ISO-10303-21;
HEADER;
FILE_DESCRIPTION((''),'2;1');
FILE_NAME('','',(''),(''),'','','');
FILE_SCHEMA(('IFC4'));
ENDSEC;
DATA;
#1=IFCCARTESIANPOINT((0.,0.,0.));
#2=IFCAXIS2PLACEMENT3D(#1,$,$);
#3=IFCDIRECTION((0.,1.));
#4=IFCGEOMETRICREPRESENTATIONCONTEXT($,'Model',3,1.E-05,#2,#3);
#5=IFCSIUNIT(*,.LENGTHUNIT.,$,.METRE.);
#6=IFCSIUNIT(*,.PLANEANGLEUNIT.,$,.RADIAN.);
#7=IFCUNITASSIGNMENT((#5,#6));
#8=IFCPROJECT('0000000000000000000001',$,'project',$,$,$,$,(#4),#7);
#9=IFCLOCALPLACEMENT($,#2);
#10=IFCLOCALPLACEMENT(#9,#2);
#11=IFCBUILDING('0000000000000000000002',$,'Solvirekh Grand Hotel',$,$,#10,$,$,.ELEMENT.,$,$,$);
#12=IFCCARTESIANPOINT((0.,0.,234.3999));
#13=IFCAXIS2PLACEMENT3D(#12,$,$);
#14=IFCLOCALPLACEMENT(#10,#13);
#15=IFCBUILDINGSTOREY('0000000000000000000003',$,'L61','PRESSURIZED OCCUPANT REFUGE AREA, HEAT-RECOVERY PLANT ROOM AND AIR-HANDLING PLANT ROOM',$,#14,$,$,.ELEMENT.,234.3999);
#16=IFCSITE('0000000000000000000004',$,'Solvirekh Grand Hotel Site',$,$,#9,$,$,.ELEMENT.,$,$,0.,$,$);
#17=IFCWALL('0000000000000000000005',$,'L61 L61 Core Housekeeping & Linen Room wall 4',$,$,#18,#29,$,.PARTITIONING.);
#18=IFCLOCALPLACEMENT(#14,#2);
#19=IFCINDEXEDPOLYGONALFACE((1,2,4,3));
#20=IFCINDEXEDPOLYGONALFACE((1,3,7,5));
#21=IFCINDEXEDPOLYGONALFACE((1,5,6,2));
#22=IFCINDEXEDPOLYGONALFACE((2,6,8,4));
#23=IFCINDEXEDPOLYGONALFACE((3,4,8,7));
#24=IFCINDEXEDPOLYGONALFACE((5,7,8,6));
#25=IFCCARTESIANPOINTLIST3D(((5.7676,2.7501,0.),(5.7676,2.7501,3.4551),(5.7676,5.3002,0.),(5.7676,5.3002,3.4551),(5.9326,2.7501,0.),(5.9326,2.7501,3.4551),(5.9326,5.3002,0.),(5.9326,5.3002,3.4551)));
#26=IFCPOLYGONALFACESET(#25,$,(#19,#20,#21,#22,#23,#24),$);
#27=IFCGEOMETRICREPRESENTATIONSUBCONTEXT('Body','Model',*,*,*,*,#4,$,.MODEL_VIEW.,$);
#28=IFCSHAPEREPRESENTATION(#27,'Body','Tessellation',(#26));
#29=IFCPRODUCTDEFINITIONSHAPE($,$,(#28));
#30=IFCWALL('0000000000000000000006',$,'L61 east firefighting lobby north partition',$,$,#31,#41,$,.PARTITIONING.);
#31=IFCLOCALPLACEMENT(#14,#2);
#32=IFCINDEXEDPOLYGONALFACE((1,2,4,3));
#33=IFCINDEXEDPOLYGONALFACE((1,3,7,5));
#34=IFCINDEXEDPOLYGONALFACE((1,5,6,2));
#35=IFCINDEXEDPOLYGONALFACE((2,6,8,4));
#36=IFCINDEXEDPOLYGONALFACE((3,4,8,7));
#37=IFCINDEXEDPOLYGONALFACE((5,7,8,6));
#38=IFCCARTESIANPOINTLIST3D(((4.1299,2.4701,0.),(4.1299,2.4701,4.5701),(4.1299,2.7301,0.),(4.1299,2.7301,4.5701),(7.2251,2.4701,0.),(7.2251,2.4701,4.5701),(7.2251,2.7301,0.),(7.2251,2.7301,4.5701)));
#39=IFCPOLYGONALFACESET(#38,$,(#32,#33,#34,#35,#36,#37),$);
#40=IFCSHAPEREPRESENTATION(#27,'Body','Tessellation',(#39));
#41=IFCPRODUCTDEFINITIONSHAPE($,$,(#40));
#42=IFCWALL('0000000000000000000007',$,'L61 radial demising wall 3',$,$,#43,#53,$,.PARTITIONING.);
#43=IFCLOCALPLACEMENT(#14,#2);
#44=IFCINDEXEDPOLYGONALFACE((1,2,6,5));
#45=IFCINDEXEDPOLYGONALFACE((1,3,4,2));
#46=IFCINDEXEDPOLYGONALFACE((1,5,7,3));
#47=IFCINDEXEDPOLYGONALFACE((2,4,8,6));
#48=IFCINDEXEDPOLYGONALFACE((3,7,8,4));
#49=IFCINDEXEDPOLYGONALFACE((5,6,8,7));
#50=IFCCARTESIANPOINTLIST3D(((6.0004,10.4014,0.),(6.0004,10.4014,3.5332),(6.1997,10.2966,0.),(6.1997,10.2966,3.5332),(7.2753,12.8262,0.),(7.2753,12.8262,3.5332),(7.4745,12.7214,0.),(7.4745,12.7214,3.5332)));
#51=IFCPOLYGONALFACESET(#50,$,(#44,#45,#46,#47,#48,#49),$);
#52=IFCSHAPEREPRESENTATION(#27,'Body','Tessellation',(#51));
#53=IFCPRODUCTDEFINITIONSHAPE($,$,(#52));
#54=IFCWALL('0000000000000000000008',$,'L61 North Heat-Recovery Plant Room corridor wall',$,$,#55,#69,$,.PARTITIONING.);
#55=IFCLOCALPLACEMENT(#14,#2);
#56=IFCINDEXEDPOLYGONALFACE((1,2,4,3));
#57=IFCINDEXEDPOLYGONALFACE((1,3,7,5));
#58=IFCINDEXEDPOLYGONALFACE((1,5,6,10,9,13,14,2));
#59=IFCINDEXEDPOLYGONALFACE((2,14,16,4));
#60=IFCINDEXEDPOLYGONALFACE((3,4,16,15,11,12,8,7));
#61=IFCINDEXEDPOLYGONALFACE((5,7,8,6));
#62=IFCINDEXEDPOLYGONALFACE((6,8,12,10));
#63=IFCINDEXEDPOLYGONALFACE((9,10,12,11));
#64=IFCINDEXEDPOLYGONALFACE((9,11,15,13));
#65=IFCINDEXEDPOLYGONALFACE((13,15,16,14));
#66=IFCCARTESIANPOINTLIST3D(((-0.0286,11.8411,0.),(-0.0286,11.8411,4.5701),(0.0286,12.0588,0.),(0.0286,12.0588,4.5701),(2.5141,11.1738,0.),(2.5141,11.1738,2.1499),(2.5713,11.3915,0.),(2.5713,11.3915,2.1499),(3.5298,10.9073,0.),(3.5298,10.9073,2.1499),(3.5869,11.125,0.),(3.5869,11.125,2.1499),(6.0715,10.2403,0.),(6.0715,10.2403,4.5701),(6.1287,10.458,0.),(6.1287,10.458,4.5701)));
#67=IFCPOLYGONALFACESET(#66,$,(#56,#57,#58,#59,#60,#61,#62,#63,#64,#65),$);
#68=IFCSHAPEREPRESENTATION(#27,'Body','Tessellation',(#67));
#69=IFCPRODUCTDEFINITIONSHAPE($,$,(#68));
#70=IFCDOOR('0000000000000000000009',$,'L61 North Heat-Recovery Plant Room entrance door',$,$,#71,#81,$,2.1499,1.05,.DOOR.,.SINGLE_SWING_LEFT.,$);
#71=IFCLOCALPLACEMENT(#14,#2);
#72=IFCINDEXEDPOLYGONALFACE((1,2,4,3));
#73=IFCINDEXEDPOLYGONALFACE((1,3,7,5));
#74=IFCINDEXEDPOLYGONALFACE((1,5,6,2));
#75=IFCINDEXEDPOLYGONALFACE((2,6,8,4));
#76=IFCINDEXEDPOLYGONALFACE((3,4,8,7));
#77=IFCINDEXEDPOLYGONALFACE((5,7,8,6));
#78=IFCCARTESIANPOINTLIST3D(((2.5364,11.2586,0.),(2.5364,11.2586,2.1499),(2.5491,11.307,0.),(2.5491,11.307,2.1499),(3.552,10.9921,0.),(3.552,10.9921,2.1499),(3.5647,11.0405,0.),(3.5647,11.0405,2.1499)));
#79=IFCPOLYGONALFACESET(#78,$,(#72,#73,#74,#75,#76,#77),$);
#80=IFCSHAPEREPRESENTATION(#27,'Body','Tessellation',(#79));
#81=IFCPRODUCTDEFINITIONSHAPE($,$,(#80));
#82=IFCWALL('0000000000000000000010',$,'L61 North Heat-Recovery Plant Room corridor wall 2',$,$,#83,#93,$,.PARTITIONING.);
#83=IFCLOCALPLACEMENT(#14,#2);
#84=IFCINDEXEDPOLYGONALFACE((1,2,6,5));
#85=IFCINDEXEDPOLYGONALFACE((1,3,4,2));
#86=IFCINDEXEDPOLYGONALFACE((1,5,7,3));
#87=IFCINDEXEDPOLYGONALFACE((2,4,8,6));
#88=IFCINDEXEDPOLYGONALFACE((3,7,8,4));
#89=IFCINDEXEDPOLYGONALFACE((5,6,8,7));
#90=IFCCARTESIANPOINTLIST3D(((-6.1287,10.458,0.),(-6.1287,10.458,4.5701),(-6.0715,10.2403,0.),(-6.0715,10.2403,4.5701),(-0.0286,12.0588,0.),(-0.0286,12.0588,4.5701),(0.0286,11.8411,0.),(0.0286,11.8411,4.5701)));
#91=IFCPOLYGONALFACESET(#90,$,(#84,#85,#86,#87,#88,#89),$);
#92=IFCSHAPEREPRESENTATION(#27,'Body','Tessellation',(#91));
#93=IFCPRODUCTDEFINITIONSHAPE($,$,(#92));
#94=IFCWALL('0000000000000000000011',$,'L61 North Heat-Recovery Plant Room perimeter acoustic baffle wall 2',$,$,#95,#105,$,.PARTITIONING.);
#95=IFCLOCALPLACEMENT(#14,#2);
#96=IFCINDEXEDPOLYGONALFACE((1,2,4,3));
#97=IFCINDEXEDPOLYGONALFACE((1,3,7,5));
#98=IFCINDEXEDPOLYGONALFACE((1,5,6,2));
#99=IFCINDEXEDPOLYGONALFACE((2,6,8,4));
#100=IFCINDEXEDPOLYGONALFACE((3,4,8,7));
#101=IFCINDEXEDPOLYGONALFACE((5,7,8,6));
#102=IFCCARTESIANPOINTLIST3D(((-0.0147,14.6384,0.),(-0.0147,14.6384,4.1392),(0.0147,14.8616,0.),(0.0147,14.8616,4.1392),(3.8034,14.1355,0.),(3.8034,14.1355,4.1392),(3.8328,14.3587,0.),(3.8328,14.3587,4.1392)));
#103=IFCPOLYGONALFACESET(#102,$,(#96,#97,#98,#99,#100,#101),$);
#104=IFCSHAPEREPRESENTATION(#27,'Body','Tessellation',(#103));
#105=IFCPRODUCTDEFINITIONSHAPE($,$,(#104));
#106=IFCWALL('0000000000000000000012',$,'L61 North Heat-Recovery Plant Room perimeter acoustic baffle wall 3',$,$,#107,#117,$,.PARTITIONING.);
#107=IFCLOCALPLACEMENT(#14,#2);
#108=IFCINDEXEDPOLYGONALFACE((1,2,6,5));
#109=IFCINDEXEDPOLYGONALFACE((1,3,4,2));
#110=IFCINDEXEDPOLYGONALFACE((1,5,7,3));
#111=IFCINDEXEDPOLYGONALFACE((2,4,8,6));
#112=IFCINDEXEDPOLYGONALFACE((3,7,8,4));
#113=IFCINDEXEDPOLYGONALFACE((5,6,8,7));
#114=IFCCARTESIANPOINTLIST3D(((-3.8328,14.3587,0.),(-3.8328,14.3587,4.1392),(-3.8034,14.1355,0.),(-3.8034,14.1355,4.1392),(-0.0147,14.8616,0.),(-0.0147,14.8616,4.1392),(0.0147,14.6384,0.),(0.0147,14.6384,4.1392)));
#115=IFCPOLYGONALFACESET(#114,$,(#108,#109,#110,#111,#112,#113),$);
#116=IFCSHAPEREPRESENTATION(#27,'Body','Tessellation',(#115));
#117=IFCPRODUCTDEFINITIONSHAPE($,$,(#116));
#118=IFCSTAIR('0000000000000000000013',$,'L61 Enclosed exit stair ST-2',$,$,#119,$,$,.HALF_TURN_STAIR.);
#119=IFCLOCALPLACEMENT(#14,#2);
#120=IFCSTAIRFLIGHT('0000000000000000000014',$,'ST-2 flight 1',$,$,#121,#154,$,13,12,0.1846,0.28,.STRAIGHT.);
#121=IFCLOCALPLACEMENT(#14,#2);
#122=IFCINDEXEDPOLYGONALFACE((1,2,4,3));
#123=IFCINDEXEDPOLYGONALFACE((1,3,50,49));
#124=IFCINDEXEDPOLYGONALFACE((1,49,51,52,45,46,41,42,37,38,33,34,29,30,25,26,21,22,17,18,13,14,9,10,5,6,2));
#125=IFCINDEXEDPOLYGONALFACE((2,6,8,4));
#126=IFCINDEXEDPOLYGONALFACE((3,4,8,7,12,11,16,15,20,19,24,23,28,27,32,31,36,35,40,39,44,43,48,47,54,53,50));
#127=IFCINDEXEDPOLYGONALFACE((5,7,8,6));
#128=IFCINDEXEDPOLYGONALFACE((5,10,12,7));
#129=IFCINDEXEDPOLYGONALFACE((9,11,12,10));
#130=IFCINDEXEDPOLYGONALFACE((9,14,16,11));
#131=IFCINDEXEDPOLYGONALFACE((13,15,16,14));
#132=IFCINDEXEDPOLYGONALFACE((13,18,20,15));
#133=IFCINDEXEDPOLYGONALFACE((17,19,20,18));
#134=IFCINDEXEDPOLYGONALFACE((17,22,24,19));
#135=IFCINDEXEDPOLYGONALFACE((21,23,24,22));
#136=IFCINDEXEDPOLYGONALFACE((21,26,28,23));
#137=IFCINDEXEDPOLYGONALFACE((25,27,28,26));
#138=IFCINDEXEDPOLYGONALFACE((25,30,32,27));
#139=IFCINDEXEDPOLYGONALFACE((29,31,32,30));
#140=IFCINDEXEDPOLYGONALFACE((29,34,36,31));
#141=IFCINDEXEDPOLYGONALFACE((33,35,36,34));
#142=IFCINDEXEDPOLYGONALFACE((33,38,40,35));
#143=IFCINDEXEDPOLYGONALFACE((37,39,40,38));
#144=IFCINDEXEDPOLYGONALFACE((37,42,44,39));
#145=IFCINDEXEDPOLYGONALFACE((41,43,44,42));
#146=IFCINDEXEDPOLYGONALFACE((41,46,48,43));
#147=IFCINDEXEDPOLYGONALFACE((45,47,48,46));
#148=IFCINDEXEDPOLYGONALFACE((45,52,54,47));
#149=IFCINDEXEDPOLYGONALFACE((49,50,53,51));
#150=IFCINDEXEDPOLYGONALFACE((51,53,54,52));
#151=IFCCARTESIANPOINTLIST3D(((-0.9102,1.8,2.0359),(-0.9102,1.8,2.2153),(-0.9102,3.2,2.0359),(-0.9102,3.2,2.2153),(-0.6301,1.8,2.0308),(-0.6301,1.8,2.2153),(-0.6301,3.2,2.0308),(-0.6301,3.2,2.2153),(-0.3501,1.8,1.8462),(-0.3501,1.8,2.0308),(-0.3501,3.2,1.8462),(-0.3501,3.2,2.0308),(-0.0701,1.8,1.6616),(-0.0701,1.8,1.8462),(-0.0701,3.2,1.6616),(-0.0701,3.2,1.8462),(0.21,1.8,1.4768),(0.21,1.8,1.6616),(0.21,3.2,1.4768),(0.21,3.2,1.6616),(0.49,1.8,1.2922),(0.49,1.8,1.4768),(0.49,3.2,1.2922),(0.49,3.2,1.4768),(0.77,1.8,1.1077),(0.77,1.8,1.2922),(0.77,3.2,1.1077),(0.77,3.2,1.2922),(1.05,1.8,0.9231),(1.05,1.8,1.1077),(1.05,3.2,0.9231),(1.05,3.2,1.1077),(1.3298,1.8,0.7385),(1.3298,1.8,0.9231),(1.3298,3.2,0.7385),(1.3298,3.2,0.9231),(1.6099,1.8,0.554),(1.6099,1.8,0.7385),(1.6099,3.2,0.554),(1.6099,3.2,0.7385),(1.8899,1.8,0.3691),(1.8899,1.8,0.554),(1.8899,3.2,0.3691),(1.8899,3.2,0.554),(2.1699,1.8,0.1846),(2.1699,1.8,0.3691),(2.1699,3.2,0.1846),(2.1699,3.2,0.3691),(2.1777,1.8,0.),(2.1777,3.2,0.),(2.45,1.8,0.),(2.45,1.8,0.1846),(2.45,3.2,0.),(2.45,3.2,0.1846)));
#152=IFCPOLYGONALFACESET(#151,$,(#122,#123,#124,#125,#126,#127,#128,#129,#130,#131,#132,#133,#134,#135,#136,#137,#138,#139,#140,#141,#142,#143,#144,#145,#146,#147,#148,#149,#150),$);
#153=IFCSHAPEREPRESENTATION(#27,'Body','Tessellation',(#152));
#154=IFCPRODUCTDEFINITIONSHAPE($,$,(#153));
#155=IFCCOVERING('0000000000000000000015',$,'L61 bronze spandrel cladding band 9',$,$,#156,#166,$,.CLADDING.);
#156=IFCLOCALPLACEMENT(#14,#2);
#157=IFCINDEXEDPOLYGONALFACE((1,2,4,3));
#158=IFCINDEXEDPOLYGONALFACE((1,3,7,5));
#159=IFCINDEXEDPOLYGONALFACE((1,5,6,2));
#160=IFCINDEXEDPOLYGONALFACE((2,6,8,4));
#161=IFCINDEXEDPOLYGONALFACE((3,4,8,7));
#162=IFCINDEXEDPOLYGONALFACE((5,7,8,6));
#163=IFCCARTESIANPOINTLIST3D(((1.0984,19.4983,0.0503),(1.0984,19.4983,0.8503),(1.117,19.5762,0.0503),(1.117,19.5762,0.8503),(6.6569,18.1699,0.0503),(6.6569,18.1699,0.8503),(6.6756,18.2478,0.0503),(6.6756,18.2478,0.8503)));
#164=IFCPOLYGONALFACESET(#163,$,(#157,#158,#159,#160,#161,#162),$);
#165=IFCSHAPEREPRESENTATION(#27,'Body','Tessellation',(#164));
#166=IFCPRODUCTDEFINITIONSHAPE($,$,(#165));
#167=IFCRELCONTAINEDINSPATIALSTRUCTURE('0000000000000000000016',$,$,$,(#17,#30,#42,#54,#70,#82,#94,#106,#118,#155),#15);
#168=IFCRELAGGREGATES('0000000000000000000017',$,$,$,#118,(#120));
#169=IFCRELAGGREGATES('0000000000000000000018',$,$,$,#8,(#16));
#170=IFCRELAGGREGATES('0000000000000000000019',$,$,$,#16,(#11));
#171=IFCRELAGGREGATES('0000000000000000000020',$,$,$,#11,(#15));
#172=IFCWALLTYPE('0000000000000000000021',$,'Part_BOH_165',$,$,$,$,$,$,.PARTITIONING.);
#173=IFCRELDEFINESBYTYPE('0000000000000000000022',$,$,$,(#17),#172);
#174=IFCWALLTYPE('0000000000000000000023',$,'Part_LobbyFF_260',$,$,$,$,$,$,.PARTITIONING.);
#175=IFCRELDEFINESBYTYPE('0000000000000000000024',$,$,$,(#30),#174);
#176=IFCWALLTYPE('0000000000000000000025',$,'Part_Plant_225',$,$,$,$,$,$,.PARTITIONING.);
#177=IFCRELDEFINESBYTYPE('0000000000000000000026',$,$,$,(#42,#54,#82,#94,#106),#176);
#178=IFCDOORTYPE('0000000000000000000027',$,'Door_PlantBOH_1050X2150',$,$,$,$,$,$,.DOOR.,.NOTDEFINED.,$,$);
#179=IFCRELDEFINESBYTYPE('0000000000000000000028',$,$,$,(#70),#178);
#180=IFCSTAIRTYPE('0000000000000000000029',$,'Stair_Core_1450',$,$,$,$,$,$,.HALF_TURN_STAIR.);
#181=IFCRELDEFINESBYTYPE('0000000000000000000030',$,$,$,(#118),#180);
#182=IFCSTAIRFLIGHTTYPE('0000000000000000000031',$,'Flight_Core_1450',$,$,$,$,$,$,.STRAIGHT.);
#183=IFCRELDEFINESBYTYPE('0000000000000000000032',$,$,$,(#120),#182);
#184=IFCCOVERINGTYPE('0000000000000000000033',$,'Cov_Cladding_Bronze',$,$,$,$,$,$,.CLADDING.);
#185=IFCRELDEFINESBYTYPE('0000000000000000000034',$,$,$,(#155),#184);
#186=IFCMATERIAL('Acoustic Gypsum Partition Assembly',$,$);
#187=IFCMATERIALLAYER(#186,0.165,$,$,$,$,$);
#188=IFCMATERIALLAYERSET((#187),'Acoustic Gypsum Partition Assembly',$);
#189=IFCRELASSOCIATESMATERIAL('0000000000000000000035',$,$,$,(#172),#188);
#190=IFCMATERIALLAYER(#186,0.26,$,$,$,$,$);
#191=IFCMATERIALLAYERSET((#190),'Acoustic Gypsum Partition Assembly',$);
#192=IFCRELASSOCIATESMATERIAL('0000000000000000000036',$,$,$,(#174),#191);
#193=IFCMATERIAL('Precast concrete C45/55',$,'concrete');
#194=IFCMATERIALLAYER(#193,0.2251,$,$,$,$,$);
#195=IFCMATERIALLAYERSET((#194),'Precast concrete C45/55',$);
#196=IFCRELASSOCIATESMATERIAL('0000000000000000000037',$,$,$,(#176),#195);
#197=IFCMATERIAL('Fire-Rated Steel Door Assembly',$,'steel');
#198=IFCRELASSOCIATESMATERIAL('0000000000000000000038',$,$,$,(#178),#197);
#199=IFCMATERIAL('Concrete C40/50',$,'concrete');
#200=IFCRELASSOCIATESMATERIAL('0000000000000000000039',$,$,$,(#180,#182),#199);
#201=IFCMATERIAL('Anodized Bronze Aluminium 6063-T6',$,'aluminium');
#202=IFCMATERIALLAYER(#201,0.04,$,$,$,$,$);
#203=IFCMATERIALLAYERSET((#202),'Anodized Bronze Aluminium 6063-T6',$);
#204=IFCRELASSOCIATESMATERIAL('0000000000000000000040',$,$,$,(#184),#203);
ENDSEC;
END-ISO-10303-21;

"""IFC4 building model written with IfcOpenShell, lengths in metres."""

from ifc_helpers import new_model, si_unit, direction, frame, frame_2d, origin, origin_2d, place, context, subcontext, project, spatial, polyline, rectangle, outline, extrude, material, layer, layer_set, type_object, element, fill, aggregate, save


model = new_model("IFC4")

# Units and contexts
model_context = context("Model", 3, precision=1e-05, world=origin(), true_north=direction((0.0, 1.0)))
body_context = subcontext(model_context, "Body", "Model", "MODEL_VIEW")
ifc_project = project(units=[si_unit("LENGTHUNIT", "METRE"), si_unit("PLANEANGLEUNIT", "RADIAN")], contexts=[model_context])

# Site, building, storey
site_placement = place(None, origin())
site = spatial("IfcSite", under=ifc_project, at=site_placement, Name="Solvirekh Grand Hotel Site", CompositionType="ELEMENT", RefElevation=0.0)
building_placement = place(site_placement, origin())
building = spatial("IfcBuilding", under=site, at=building_placement, Name="Solvirekh Grand Hotel", CompositionType="ELEMENT")
storey_placement = place(building_placement, frame((0.0, 0.0, 234.3999)))
storey = spatial("IfcBuildingStorey", under=building, at=storey_placement, Name="L61", Description="PRESSURIZED OCCUPANT REFUGE AREA, HEAT-RECOVERY PLANT ROOM AND AIR-HANDLING PLANT ROOM", CompositionType="ELEMENT", Elevation=234.3999)

# Shared definitions
ifc_material_1 = material(Name="Concrete C40/50", Category="concrete")
ifc_material_2 = material(Name="Fire-Rated Steel Door Assembly", Category="steel")

# Walls
ifc_material_3 = material(Name="Precast concrete C45/55", Category="concrete")
ifc_material_4 = material(Name="Acoustic Gypsum Partition Assembly")
ifc_layer_1 = layer(ifc_material_4, 0.165)
ifc_layer_set_1 = layer_set([ifc_layer_1], Name="Acoustic Gypsum Partition Assembly")
wall_type_1 = type_object("IfcWallType", Name="Part_BOH_165", PredefinedType="PARTITIONING", material=ifc_layer_set_1)
wall_1_placement = place(storey_placement, frame((5.8501, 5.3, 0.0), z_axis=(0.0, 0.0, 1.0), x_axis=(0.0, -1.0, 0.0)))
element("IfcWall", 1, at=wall_1_placement, inside=storey, type_object=wall_type_1, Name="L61 L61 Core Housekeeping & Linen Room wall 4", PredefinedType="PARTITIONING", context=body_context, shape_type="SweptSolid", body=[
    extrude(rectangle(XDim=2.55, YDim=0.165, at=frame_2d((1.2749, 0.0))), origin(), (0.0, 0.0, 1.0), 3.4551),
])
ifc_layer_2 = layer(ifc_material_4, 0.26)
ifc_layer_set_2 = layer_set([ifc_layer_2], Name="Acoustic Gypsum Partition Assembly")
wall_type_2 = type_object("IfcWallType", Name="Part_LobbyFF_260", PredefinedType="PARTITIONING", material=ifc_layer_set_2)
wall_2_placement = place(storey_placement, frame((4.1299, 2.6001, 0.0), z_axis=(0.0, 0.0, 1.0), x_axis=(1.0, 0.0, 0.0)))
element("IfcWall", 2, at=wall_2_placement, inside=storey, type_object=wall_type_2, Name="L61 east firefighting lobby north partition", PredefinedType="PARTITIONING", context=body_context, shape_type="SweptSolid", body=[
    extrude(rectangle(XDim=3.0952, YDim=0.26, at=frame_2d((1.5476, 0.0))), origin(), (0.0, 0.0, 1.0), 4.5701),
])
ifc_layer_3 = layer(ifc_material_3, 0.2251)
ifc_layer_set_3 = layer_set([ifc_layer_3], Name="Precast concrete C45/55")
wall_type_3 = type_object("IfcWallType", Name="Part_Plant_225", PredefinedType="PARTITIONING", material=ifc_layer_set_3)
wall_3_placement = place(storey_placement, frame((6.1001, 10.3491, 0.0), z_axis=(0.0, 0.0, 1.0), x_axis=(0.465372, 0.885115, 0.0)))
element("IfcWall", 3, at=wall_3_placement, inside=storey, type_object=wall_type_3, Name="L61 radial demising wall 3", PredefinedType="PARTITIONING", context=body_context, shape_type="SweptSolid", body=[
    extrude(rectangle(XDim=2.7395, YDim=0.2251, at=frame_2d((1.3696, 0.0))), origin(), (0.0, 0.0, 1.0), 3.5332),
])

# Wall, opening, door
wall_4_placement = place(storey_placement, frame((6.1001, 10.3491, 0.0), z_axis=(0.0, 0.0, 1.0), x_axis=(-0.967248, 0.253832, 0.0)))
wall_4 = element("IfcWall", 4, at=wall_4_placement, inside=storey, type_object=wall_type_3, Name="L61 North Heat-Recovery Plant Room corridor wall", PredefinedType="PARTITIONING", context=body_context, shape_type="SweptSolid", body=[
    extrude(rectangle(XDim=6.3066, YDim=0.2251, at=frame_2d((3.1533, 0.0))), origin(), (0.0, 0.0, 1.0), 4.5701),
])
opening_1_placement = place(wall_4_placement, frame((2.6279, 0.0, 0.0)))
opening_1 = element("IfcOpeningElement", 5, at=opening_1_placement, cuts=wall_4, PredefinedType="OPENING", context=body_context, shape_type="SweptSolid", body=[
    extrude(rectangle(XDim=1.05, YDim=2.1499, at=frame_2d((0.5249, 1.075))), frame((0.0, 0.1226, 0.0), z_axis=(0.0, -1.0, 0.0), x_axis=(1.0, 0.0, 0.0)), (0.0, 0.0, 1.0), 0.2451),
])
door_type_1 = type_object("IfcDoorType", Name="Door_PlantBOH_1050X2150", OperationType="NOTDEFINED", PredefinedType="DOOR", material=ifc_material_2)
door_1_placement = place(opening_1_placement, origin())
door_1 = element("IfcDoor", 6, at=door_1_placement, inside=storey, type_object=door_type_1, Name="L61 North Heat-Recovery Plant Room entrance door", OperationType="SINGLE_SWING_LEFT", OverallHeight=2.1499, OverallWidth=1.05, PredefinedType="DOOR", context=body_context, shape_type="SweptSolid", body=[
    extrude(rectangle(XDim=1.05, YDim=2.1499, at=frame_2d((0.5249, 1.075))), frame((0.0, 0.0249, 0.0), z_axis=(0.0, -1.0, 0.0), x_axis=(1.0, 0.0, 0.0)), (0.0, 0.0, 1.0), 0.05),
])
fill(opening_1, door_1)

# Walls
wall_5_placement = place(storey_placement, frame((0.0, 11.95, 0.0), z_axis=(0.0, 0.0, 1.0), x_axis=(-0.967248, -0.253832, 0.0)))
element("IfcWall", 7, at=wall_5_placement, inside=storey, type_object=wall_type_3, Name="L61 North Heat-Recovery Plant Room corridor wall 2", PredefinedType="PARTITIONING", context=body_context, shape_type="SweptSolid", body=[
    extrude(rectangle(XDim=6.3066, YDim=0.2251, at=frame_2d((3.1533, 0.0))), origin(), (0.0, 0.0, 1.0), 4.5701),
])
for number, where, z_axis, x_axis, name in (
    (8, (3.8181, 14.2471, 0.0), (0.0, 0.0, 1.0), (-0.991436, 0.130594, 0.0), "L61 North Heat-Recovery Plant Room perimeter acoustic baffle wall 2"),
    (9, (0.0, 14.75, 0.0), (0.0, 0.0, 1.0), (-0.991436, -0.130594, 0.0), "L61 North Heat-Recovery Plant Room perimeter acoustic baffle wall 3"),
):
    element("IfcWall", number, at=place(storey_placement, frame(where, z_axis=z_axis, x_axis=x_axis)), inside=storey, type_object=wall_type_3, Name=name, PredefinedType="PARTITIONING", context=body_context, shape_type="SweptSolid", body=[
        extrude(rectangle(XDim=3.8511, YDim=0.2251, at=frame_2d((1.9255, 0.0))), origin(), (0.0, 0.0, 1.0), 4.1392),
    ])

# Stair, stair flight
stair_type = type_object("IfcStairType", Name="Stair_Core_1450", PredefinedType="HALF_TURN_STAIR", material=ifc_material_1)
stair_placement = place(storey_placement, origin())
stair = element("IfcStair", 10, at=stair_placement, inside=storey, type_object=stair_type, Name="L61 Enclosed exit stair ST-2", PredefinedType="HALF_TURN_STAIR")
stair_flight_type = type_object("IfcStairFlightType", Name="Flight_Core_1450", PredefinedType="STRAIGHT", material=ifc_material_1)
stair_flight_placement = place(storey_placement, frame((2.45, 2.5, 0.0), z_axis=(0.0, 0.0, 1.0), x_axis=(-1.0, 0.0, 0.0)))
stair_flight = element("IfcStairFlight", 11, at=stair_flight_placement, type_object=stair_flight_type, Name="ST-2 flight 1", NumberOfRisers=13, NumberOfTreads=12, PredefinedType="STRAIGHT", RiserHeight=0.1846, TreadLength=0.28, context=body_context, shape_type="SweptSolid", body=[
    extrude(outline(polyline([(0.0, 0.0), (0.0, 0.1846), (0.28, 0.1846), (0.28, 0.3691), (0.5601, 0.3691), (0.5601, 0.554), (0.8401, 0.554), (0.8401, 0.7385), (1.1201, 0.7385), (1.1201, 0.9231), (1.3999, 0.9231), (1.3999, 1.1077), (1.6799, 1.1077), (1.6799, 1.2922), (1.96, 1.2922), (1.96, 1.4768), (2.24, 1.4768), (2.24, 1.6616), (2.52, 1.6616), (2.52, 1.8462), (2.8, 1.8462), (2.8, 2.0308), (3.0801, 2.0308), (3.0801, 2.2153), (3.3601, 2.2153), (3.3601, 2.3999), (3.3601, 2.0359), (0.2722, 0.0), (0.0, 0.0)])), frame((0.0, 0.7, 0.0), z_axis=(0.0, -1.0, 0.0), x_axis=(1.0, 0.0, 0.0)), (0.0, 0.0, 1.0), 1.3999),
])
aggregate(stair, [stair_flight])

# Covering
ifc_material_5 = material(Name="Anodized Bronze Aluminium 6063-T6", Category="aluminium")
ifc_layer_4 = layer(ifc_material_5, 0.04)
ifc_layer_set_4 = layer_set([ifc_layer_4], Name="Anodized Bronze Aluminium 6063-T6")
covering_type = type_object("IfcCoveringType", Name="Cov_Cladding_Bronze", PredefinedType="CLADDING", material=ifc_layer_set_4)
covering_placement = place(storey_placement, frame((3.887, 18.873, 0.0503), z_axis=(0.0, 0.0, 1.0), x_axis=(0.972614, -0.232427, 0.0)))
element("IfcCovering", 12, at=covering_placement, inside=storey, type_object=covering_type, Name="L61 bronze spandrel cladding band 9", PredefinedType="CLADDING", context=body_context, shape_type="SweptSolid", body=[
    extrude(rectangle(XDim=5.7151, YDim=0.0801, at=origin_2d()), origin(), (0.0, 0.0, 1.0), 0.8),
])

save(model, "model.ifc")
